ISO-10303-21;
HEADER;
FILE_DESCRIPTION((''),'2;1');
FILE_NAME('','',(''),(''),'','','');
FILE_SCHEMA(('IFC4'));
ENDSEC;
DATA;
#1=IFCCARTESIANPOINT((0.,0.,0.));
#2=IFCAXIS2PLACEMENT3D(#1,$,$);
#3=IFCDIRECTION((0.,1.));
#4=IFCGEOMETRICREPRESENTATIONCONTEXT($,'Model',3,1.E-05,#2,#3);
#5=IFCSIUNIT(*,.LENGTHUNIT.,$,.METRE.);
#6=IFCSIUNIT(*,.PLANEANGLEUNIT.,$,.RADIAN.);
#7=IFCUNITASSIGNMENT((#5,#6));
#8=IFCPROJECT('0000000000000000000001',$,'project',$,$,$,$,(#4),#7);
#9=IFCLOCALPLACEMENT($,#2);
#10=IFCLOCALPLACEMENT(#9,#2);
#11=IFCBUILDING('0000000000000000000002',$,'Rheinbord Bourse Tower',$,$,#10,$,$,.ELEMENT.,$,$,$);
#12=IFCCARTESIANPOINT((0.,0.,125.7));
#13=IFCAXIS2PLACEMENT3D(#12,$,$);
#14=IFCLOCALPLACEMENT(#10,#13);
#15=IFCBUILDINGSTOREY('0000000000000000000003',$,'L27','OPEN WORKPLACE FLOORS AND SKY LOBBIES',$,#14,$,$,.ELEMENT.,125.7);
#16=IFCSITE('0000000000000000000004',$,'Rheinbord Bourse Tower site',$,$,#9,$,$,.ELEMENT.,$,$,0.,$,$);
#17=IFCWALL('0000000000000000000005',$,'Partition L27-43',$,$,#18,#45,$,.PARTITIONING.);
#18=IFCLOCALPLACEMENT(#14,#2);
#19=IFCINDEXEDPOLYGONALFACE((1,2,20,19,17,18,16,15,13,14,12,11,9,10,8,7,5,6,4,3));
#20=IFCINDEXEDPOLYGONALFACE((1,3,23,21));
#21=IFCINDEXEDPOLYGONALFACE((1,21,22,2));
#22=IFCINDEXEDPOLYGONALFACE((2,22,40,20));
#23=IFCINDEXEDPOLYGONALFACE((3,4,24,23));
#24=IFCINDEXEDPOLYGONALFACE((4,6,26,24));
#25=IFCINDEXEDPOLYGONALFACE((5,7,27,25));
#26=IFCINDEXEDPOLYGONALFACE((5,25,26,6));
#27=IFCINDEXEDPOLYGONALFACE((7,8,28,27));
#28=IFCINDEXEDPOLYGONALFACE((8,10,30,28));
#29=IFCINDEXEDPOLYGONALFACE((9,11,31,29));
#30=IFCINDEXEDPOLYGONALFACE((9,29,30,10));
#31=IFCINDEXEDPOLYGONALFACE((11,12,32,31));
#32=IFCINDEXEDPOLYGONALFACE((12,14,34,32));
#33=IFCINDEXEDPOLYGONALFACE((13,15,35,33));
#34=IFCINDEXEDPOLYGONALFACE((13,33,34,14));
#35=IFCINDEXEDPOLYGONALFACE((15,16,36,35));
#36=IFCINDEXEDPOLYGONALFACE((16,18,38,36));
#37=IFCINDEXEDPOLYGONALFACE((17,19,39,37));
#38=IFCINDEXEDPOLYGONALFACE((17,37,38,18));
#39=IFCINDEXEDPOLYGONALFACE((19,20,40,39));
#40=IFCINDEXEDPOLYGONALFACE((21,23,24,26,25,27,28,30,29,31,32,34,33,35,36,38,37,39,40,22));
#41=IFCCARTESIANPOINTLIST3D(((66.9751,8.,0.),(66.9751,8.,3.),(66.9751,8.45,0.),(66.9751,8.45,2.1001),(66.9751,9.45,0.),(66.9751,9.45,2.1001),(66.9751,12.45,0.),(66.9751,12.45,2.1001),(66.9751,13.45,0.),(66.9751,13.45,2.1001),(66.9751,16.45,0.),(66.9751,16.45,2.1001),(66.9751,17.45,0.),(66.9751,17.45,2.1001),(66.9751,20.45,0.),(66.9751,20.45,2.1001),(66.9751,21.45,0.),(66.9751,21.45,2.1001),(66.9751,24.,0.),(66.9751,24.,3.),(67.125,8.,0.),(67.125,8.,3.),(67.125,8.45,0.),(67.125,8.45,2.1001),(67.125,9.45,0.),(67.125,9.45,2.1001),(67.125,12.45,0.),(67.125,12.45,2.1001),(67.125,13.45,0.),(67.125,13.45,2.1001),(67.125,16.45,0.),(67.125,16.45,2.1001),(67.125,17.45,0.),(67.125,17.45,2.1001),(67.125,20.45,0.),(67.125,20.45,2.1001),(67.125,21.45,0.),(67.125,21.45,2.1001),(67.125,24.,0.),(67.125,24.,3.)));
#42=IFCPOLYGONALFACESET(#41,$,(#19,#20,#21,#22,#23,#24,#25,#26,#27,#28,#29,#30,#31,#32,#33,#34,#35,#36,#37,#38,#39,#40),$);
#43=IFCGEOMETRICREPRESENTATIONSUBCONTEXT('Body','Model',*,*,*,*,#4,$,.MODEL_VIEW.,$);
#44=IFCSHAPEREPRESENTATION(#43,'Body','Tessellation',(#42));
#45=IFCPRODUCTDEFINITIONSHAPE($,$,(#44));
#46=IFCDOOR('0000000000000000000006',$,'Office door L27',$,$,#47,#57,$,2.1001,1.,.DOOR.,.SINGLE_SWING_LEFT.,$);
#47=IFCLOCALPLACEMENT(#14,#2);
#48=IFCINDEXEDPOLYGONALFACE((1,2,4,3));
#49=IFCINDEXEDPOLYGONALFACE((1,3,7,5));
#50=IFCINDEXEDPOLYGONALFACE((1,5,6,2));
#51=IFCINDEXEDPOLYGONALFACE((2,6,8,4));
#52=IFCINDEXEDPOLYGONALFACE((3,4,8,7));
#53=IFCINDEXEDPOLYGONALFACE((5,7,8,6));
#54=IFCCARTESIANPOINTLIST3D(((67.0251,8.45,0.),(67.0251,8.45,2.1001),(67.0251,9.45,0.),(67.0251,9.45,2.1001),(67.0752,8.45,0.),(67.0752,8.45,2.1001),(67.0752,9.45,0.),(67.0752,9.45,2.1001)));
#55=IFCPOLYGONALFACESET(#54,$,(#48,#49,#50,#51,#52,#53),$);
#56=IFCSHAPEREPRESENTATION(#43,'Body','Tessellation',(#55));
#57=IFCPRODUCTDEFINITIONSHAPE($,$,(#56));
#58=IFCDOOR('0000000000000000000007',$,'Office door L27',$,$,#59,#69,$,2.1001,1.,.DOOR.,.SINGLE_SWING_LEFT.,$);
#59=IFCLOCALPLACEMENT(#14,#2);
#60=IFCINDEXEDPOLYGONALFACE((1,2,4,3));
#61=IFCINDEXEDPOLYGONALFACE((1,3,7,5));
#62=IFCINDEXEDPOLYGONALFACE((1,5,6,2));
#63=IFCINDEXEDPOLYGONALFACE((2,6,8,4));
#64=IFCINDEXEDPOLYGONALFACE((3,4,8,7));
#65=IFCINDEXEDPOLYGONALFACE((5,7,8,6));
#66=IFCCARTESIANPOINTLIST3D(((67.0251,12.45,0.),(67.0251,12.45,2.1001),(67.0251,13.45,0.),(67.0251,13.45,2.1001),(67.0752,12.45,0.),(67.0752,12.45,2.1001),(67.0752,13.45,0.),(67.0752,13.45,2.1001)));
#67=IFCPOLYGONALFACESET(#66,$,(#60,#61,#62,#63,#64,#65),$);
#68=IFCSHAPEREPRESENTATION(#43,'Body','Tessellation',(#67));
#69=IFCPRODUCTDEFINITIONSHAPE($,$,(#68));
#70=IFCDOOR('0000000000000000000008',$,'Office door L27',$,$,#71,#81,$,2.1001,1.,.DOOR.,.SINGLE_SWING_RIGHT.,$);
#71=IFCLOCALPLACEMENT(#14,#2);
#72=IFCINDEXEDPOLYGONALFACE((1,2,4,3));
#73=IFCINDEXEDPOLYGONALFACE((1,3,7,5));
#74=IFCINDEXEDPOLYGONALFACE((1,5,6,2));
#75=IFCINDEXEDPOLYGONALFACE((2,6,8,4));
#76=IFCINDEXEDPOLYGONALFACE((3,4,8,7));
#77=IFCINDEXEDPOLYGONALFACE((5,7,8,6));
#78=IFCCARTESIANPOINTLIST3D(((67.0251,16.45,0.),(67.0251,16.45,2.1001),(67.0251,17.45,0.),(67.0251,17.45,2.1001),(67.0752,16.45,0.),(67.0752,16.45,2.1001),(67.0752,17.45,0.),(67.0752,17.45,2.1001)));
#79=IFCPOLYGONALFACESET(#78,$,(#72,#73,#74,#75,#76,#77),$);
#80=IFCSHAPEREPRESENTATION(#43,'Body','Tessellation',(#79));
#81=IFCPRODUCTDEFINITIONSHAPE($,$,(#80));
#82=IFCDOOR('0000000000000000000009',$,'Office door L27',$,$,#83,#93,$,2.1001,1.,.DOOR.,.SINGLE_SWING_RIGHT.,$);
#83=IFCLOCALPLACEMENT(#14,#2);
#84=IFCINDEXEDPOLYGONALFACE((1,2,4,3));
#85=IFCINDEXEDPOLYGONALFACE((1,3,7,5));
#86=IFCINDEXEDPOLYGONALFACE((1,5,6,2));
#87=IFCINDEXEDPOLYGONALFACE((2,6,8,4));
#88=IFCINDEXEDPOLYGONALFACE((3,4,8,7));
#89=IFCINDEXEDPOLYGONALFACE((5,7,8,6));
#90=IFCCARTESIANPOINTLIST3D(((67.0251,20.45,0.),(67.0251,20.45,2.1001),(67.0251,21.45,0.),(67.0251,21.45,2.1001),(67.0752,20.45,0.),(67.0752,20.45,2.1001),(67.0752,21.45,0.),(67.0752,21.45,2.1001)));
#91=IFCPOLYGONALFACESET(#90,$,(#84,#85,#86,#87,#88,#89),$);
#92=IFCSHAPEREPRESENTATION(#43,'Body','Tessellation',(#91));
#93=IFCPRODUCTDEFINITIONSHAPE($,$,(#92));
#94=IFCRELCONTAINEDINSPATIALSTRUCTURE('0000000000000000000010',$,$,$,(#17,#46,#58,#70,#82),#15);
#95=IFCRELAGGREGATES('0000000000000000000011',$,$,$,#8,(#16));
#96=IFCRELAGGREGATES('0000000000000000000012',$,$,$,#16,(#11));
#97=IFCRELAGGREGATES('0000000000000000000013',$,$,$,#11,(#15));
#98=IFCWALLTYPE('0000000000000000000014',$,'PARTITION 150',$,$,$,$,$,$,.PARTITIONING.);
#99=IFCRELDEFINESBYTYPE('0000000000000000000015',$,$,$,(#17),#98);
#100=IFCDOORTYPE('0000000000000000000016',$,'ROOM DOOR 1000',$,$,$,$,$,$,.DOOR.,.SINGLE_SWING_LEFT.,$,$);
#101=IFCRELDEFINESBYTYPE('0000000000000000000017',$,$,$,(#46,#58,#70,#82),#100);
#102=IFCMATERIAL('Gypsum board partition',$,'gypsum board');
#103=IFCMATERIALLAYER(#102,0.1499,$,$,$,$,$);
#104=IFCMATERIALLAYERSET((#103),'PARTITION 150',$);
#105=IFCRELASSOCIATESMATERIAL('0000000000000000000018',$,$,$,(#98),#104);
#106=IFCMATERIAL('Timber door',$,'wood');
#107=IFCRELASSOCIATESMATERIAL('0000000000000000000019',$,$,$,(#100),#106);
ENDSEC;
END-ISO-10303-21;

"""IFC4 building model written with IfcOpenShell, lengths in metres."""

from ifc_helpers import new_model, si_unit, direction, frame, frame_2d, origin, place, context, subcontext, project, spatial, rectangle, extrude, material, layer, layer_set, type_object, element, fill, save


model = new_model("IFC4")

# Units and contexts
model_context = context("Model", 3, precision=1e-05, world=origin(), true_north=direction((0.0, 1.0)))
body_context = subcontext(model_context, "Body", "Model", "MODEL_VIEW")
ifc_project = project(units=[si_unit("LENGTHUNIT", "METRE"), si_unit("PLANEANGLEUNIT", "RADIAN")], contexts=[model_context])

# Site, building, storey
site_placement = place(None, origin())
site = spatial("IfcSite", under=ifc_project, at=site_placement, Name="Rheinbord Bourse Tower site", CompositionType="ELEMENT", RefElevation=0.0)
building_placement = place(site_placement, origin())
building = spatial("IfcBuilding", under=site, at=building_placement, Name="Rheinbord Bourse Tower", CompositionType="ELEMENT")
storey_placement = place(building_placement, frame((0.0, 0.0, 125.7)))
storey = spatial("IfcBuildingStorey", under=building, at=storey_placement, Name="L27", Description="OPEN WORKPLACE FLOORS AND SKY LOBBIES", CompositionType="ELEMENT", Elevation=125.7)

# Shared definitions
ifc_material_1 = material(Name="Gypsum board partition", Category="gypsum board")
ifc_layer_1 = layer(ifc_material_1, 0.1499)
ifc_layer_set_1 = layer_set([ifc_layer_1], Name="PARTITION 150")
wall_type_1 = type_object("IfcWallType", Name="PARTITION 150", PredefinedType="PARTITIONING", material=ifc_layer_set_1)

# Wall, openings, doors
wall_1_placement = place(storey_placement, frame((67.05, 8.0, 0.0), z_axis=(0.0, 0.0, 1.0), x_axis=(0.0, 1.0, 0.0)))
wall_1 = element("IfcWall", 1, at=wall_1_placement, inside=storey, type_object=wall_type_1, Name="Partition L27-43", PredefinedType="PARTITIONING", context=body_context, shape_type="SweptSolid", body=[
    extrude(rectangle(XDim=16.0, YDim=0.1499, at=frame_2d((8.0, 0.0))), origin(), (0.0, 0.0, 1.0), 3.0),
])
opening_1_placement = place(wall_1_placement, frame((0.45, 0.0, 0.0)))
opening_1 = element("IfcOpeningElement", 2, at=opening_1_placement, cuts=wall_1, PredefinedType="OPENING", context=body_context, shape_type="SweptSolid", body=[
    extrude(rectangle(XDim=1.0, YDim=2.1001, at=frame_2d((0.5, 1.05))), frame((0.0, 0.085, 0.0), z_axis=(0.0, -1.0, 0.0), x_axis=(1.0, 0.0, 0.0)), (0.0, 0.0, 1.0), 0.1699),
])
opening_2_placement = place(wall_1_placement, frame((4.45, 0.0, 0.0)))
opening_2 = element("IfcOpeningElement", 3, at=opening_2_placement, cuts=wall_1, PredefinedType="OPENING", context=body_context, shape_type="SweptSolid", body=[
    extrude(rectangle(XDim=1.0, YDim=2.1001, at=frame_2d((0.5, 1.05))), frame((0.0, 0.085, 0.0), z_axis=(0.0, -1.0, 0.0), x_axis=(1.0, 0.0, 0.0)), (0.0, 0.0, 1.0), 0.1699),
])
opening_3_placement = place(wall_1_placement, frame((8.45, 0.0, 0.0)))
opening_3 = element("IfcOpeningElement", 4, at=opening_3_placement, cuts=wall_1, PredefinedType="OPENING", context=body_context, shape_type="SweptSolid", body=[
    extrude(rectangle(XDim=1.0, YDim=2.1001, at=frame_2d((0.5, 1.05))), frame((0.0, 0.085, 0.0), z_axis=(0.0, -1.0, 0.0), x_axis=(1.0, 0.0, 0.0)), (0.0, 0.0, 1.0), 0.1699),
])
opening_4_placement = place(wall_1_placement, frame((12.45, 0.0, 0.0)))
opening_4 = element("IfcOpeningElement", 5, at=opening_4_placement, cuts=wall_1, PredefinedType="OPENING", context=body_context, shape_type="SweptSolid", body=[
    extrude(rectangle(XDim=1.0, YDim=2.1001, at=frame_2d((0.5, 1.05))), frame((0.0, 0.085, 0.0), z_axis=(0.0, -1.0, 0.0), x_axis=(1.0, 0.0, 0.0)), (0.0, 0.0, 1.0), 0.1699),
])
ifc_material_2 = material(Name="Timber door", Category="wood")
door_type_1 = type_object("IfcDoorType", Name="ROOM DOOR 1000", OperationType="SINGLE_SWING_LEFT", PredefinedType="DOOR", material=ifc_material_2)
door_1_placement = place(opening_1_placement, origin())
door_1 = element("IfcDoor", 6, at=door_1_placement, inside=storey, type_object=door_type_1, Name="Office door L27", OperationType="SINGLE_SWING_LEFT", OverallHeight=2.1001, OverallWidth=1.0, PredefinedType="DOOR", context=body_context, shape_type="SweptSolid", body=[
    extrude(rectangle(XDim=1.0, YDim=2.1001, at=frame_2d((0.5, 1.05))), frame((0.0, 0.0249, 0.0), z_axis=(0.0, -1.0, 0.0), x_axis=(1.0, 0.0, 0.0)), (0.0, 0.0, 1.0), 0.05),
])
fill(opening_1, door_1)
door_2_placement = place(opening_2_placement, origin())
door_2 = element("IfcDoor", 7, at=door_2_placement, inside=storey, type_object=door_type_1, Name="Office door L27", OperationType="SINGLE_SWING_LEFT", OverallHeight=2.1001, OverallWidth=1.0, PredefinedType="DOOR", context=body_context, shape_type="SweptSolid", body=[
    extrude(rectangle(XDim=1.0, YDim=2.1001, at=frame_2d((0.5, 1.05))), frame((0.0, 0.0249, 0.0), z_axis=(0.0, -1.0, 0.0), x_axis=(1.0, 0.0, 0.0)), (0.0, 0.0, 1.0), 0.05),
])
fill(opening_2, door_2)
door_3_placement = place(opening_3_placement, origin())
door_3 = element("IfcDoor", 8, at=door_3_placement, inside=storey, type_object=door_type_1, Name="Office door L27", OperationType="SINGLE_SWING_RIGHT", OverallHeight=2.1001, OverallWidth=1.0, PredefinedType="DOOR", context=body_context, shape_type="SweptSolid", body=[
    extrude(rectangle(XDim=1.0, YDim=2.1001, at=frame_2d((0.5, 1.05))), frame((0.0, 0.0249, 0.0), z_axis=(0.0, -1.0, 0.0), x_axis=(1.0, 0.0, 0.0)), (0.0, 0.0, 1.0), 0.05),
])
fill(opening_3, door_3)
door_4_placement = place(opening_4_placement, origin())
door_4 = element("IfcDoor", 9, at=door_4_placement, inside=storey, type_object=door_type_1, Name="Office door L27", OperationType="SINGLE_SWING_RIGHT", OverallHeight=2.1001, OverallWidth=1.0, PredefinedType="DOOR", context=body_context, shape_type="SweptSolid", body=[
    extrude(rectangle(XDim=1.0, YDim=2.1001, at=frame_2d((0.5, 1.05))), frame((0.0, 0.0249, 0.0), z_axis=(0.0, -1.0, 0.0), x_axis=(1.0, 0.0, 0.0)), (0.0, 0.0, 1.0), 0.05),
])
fill(opening_4, door_4)

save(model, "model.ifc")
